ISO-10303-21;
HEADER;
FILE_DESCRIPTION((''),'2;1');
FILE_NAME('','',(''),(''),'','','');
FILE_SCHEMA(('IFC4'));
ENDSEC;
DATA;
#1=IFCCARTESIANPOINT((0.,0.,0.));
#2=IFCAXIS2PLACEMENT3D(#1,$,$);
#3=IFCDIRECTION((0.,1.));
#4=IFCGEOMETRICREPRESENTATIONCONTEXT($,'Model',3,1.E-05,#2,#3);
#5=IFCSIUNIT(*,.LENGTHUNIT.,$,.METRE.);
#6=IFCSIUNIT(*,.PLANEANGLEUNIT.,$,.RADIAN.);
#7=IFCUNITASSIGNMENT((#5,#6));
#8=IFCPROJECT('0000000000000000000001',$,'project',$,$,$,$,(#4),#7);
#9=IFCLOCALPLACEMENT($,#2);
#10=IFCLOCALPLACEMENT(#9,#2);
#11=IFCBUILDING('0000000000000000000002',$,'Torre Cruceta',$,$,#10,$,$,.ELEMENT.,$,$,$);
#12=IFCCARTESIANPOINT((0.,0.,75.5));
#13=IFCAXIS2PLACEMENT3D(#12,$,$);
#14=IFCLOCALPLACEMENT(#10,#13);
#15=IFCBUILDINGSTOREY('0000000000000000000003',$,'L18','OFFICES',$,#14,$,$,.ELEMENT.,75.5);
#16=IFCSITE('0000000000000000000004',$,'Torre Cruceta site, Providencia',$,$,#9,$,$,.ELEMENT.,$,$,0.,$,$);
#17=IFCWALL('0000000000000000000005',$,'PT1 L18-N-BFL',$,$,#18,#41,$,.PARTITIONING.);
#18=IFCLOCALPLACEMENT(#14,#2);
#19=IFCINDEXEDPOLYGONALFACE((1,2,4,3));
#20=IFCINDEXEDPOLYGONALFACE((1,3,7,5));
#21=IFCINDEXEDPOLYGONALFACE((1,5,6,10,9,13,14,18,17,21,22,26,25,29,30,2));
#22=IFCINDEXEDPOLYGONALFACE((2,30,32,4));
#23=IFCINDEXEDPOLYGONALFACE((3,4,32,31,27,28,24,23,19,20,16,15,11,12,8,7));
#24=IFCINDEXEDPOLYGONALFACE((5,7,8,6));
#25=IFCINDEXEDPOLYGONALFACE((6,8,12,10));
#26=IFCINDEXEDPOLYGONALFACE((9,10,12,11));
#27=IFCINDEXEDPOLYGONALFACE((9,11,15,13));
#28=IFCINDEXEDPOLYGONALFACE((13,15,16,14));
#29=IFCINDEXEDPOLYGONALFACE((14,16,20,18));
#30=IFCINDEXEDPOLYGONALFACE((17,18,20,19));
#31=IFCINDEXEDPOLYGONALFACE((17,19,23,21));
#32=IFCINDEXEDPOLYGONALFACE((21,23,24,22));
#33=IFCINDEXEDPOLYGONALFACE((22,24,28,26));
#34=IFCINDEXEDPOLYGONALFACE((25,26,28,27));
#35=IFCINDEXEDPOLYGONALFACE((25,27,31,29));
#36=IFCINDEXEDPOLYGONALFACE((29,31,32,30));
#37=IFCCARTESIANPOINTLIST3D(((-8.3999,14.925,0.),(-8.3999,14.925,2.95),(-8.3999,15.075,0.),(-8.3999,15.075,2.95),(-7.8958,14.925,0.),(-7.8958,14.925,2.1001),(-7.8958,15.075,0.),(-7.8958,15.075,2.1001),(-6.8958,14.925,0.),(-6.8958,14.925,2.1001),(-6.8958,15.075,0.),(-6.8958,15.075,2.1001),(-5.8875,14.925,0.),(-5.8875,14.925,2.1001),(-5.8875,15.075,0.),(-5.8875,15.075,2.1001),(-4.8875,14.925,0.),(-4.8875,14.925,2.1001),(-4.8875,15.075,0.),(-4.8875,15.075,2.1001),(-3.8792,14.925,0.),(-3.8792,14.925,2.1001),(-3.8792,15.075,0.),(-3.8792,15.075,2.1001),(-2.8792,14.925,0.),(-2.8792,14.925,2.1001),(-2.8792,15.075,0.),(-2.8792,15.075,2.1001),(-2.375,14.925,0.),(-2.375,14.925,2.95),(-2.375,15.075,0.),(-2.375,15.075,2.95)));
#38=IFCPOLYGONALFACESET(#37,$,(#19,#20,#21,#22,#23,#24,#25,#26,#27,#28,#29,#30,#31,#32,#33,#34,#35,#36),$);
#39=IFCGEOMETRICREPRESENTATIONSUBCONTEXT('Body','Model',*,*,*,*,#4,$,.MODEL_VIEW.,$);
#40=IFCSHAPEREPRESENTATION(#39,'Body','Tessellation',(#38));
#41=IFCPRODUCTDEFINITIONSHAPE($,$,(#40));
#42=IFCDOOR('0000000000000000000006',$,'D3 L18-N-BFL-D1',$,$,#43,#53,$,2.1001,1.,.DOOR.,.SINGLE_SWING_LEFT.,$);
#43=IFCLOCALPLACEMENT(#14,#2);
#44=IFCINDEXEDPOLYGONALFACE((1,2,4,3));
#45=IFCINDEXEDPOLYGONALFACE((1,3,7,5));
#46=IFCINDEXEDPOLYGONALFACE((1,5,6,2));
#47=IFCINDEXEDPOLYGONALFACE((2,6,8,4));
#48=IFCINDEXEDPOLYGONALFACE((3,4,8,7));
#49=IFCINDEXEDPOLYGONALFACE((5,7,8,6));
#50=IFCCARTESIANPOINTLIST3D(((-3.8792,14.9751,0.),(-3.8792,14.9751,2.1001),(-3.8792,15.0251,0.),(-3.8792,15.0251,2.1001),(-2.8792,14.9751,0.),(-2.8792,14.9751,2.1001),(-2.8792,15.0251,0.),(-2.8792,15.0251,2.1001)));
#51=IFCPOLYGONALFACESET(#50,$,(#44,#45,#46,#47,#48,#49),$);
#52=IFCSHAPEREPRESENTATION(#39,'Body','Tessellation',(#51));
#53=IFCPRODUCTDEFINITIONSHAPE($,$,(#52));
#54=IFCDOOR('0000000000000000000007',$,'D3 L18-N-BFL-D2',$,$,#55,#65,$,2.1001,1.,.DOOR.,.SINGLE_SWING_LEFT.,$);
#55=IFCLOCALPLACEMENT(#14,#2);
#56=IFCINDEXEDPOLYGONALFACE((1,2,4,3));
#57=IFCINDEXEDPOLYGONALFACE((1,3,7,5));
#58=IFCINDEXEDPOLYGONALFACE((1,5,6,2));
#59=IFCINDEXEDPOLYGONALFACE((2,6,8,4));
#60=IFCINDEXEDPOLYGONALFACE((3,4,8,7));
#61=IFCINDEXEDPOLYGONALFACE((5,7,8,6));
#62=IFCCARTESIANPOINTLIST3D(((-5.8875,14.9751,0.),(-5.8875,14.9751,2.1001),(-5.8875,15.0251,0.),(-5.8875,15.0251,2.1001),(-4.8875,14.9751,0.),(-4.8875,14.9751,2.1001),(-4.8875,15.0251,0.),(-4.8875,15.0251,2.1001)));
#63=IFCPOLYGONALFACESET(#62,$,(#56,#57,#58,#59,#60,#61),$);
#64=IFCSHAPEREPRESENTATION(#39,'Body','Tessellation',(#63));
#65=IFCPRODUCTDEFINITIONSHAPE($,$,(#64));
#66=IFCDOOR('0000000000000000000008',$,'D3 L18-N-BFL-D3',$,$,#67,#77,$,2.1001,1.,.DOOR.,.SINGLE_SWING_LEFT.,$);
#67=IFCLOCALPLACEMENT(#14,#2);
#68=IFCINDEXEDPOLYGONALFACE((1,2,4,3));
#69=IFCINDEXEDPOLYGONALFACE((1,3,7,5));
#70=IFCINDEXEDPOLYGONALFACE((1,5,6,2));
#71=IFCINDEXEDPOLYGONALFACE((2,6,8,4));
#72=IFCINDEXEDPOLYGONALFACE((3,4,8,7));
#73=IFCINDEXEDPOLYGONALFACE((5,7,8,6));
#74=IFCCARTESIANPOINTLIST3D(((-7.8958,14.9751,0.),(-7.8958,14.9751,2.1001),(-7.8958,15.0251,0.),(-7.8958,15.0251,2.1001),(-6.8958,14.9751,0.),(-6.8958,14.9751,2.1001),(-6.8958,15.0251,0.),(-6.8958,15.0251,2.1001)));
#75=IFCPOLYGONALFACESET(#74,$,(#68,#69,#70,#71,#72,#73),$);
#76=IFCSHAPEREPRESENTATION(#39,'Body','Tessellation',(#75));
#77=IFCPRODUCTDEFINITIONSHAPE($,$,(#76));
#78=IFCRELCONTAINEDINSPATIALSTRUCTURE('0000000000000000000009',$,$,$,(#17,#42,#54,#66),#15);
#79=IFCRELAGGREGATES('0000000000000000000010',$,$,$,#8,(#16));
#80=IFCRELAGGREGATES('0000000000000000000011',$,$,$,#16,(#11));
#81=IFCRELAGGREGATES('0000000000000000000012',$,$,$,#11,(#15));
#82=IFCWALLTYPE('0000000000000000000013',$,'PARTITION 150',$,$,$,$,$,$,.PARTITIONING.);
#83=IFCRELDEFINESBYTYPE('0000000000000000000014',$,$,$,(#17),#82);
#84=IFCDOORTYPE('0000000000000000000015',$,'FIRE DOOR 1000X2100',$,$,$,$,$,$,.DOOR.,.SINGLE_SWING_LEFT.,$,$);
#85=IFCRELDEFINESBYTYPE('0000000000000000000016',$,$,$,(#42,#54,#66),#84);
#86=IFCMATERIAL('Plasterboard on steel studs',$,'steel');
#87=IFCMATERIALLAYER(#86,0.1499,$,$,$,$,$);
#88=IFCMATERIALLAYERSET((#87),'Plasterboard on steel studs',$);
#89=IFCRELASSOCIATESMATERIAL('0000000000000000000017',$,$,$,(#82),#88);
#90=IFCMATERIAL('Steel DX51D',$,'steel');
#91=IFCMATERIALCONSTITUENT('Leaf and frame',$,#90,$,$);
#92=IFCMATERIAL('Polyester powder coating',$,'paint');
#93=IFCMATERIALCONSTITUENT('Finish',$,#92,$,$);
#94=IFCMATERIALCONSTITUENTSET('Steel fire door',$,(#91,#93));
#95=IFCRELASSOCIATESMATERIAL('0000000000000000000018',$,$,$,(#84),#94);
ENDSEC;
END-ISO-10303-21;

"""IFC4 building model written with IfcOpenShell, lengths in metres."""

from ifc_helpers import new_model, si_unit, direction, frame, frame_2d, origin, place, context, subcontext, project, spatial, rectangle, extrude, material, layer, layer_set, constituent, constituent_set, type_object, element, fill, save


model = new_model("IFC4")

# Units and contexts
model_context = context("Model", 3, precision=1e-05, world=origin(), true_north=direction((0.0, 1.0)))
body_context = subcontext(model_context, "Body", "Model", "MODEL_VIEW")
ifc_project = project(units=[si_unit("LENGTHUNIT", "METRE"), si_unit("PLANEANGLEUNIT", "RADIAN")], contexts=[model_context])

# Site, building, storey
site_placement = place(None, origin())
site = spatial("IfcSite", under=ifc_project, at=site_placement, Name="Torre Cruceta site, Providencia", CompositionType="ELEMENT", RefElevation=0.0)
building_placement = place(site_placement, origin())
building = spatial("IfcBuilding", under=site, at=building_placement, Name="Torre Cruceta", CompositionType="ELEMENT")
storey_placement = place(building_placement, frame((0.0, 0.0, 75.5)))
storey = spatial("IfcBuildingStorey", under=building, at=storey_placement, Name="L18", Description="OFFICES", CompositionType="ELEMENT", Elevation=75.5)

# Wall, openings, doors
ifc_material_1 = material(Name="Plasterboard on steel studs", Category="steel")
ifc_layer_1 = layer(ifc_material_1, 0.1499)
ifc_layer_set_1 = layer_set([ifc_layer_1], Name="Plasterboard on steel studs")
wall_type_1 = type_object("IfcWallType", Name="PARTITION 150", PredefinedType="PARTITIONING", material=ifc_layer_set_1)
wall_1_placement = place(storey_placement, frame((-2.375, 15.0, 0.0), z_axis=(0.0, 0.0, 1.0), x_axis=(-1.0, 0.0, 0.0)))
wall_1 = element("IfcWall", 1, at=wall_1_placement, inside=storey, type_object=wall_type_1, Name="PT1 L18-N-BFL", PredefinedType="PARTITIONING", context=body_context, shape_type="SweptSolid", body=[
    extrude(rectangle(XDim=6.0249, YDim=0.1499, at=frame_2d((3.0125, 0.0))), origin(), (0.0, 0.0, 1.0), 2.95),
])
opening_1_placement = place(wall_1_placement, frame((0.5042, 0.0, 0.0)))
opening_1 = element("IfcOpeningElement", 2, at=opening_1_placement, cuts=wall_1, PredefinedType="OPENING", context=body_context, shape_type="SweptSolid", body=[
    extrude(rectangle(XDim=1.0, YDim=2.1001, at=frame_2d((0.5, 1.05))), frame((0.0, 0.085, 0.0), z_axis=(0.0, -1.0, 0.0), x_axis=(1.0, 0.0, 0.0)), (0.0, 0.0, 1.0), 0.1699),
])
opening_2_placement = place(wall_1_placement, frame((2.5125, 0.0, 0.0)))
opening_2 = element("IfcOpeningElement", 3, at=opening_2_placement, cuts=wall_1, PredefinedType="OPENING", context=body_context, shape_type="SweptSolid", body=[
    extrude(rectangle(XDim=1.0, YDim=2.1001, at=frame_2d((0.5, 1.05))), frame((0.0, 0.085, 0.0), z_axis=(0.0, -1.0, 0.0), x_axis=(1.0, 0.0, 0.0)), (0.0, 0.0, 1.0), 0.1699),
])
opening_3_placement = place(wall_1_placement, frame((4.5208, 0.0, 0.0)))
opening_3 = element("IfcOpeningElement", 4, at=opening_3_placement, cuts=wall_1, PredefinedType="OPENING", context=body_context, shape_type="SweptSolid", body=[
    extrude(rectangle(XDim=1.0, YDim=2.1001, at=frame_2d((0.5, 1.05))), frame((0.0, 0.085, 0.0), z_axis=(0.0, -1.0, 0.0), x_axis=(1.0, 0.0, 0.0)), (0.0, 0.0, 1.0), 0.1699),
])
ifc_material_2 = material(Name="Steel DX51D", Category="steel")
ifc_constituent_1 = constituent(ifc_material_2, Name="Leaf and frame")
ifc_material_3 = material(Name="Polyester powder coating", Category="paint")
ifc_constituent_2 = constituent(ifc_material_3, Name="Finish")
ifc_constituent_set_1 = constituent_set(constituents=[ifc_constituent_1, ifc_constituent_2], Name="Steel fire door")
door_type = type_object("IfcDoorType", Name="FIRE DOOR 1000X2100", OperationType="SINGLE_SWING_LEFT", PredefinedType="DOOR", material=ifc_constituent_set_1)
door_1_placement = place(opening_1_placement, origin())
door_1 = element("IfcDoor", 5, at=door_1_placement, inside=storey, type_object=door_type, Name="D3 L18-N-BFL-D1", OperationType="SINGLE_SWING_LEFT", OverallHeight=2.1001, OverallWidth=1.0, PredefinedType="DOOR", context=body_context, shape_type="SweptSolid", body=[
    extrude(rectangle(XDim=1.0, YDim=2.1001, at=frame_2d((0.5, 1.05))), frame((0.0, 0.0249, 0.0), z_axis=(0.0, -1.0, 0.0), x_axis=(1.0, 0.0, 0.0)), (0.0, 0.0, 1.0), 0.05),
])
fill(opening_1, door_1)
door_2_placement = place(opening_2_placement, origin())
door_2 = element("IfcDoor", 6, at=door_2_placement, inside=storey, type_object=door_type, Name="D3 L18-N-BFL-D2", OperationType="SINGLE_SWING_LEFT", OverallHeight=2.1001, OverallWidth=1.0, PredefinedType="DOOR", context=body_context, shape_type="SweptSolid", body=[
    extrude(rectangle(XDim=1.0, YDim=2.1001, at=frame_2d((0.5, 1.05))), frame((0.0, 0.0249, 0.0), z_axis=(0.0, -1.0, 0.0), x_axis=(1.0, 0.0, 0.0)), (0.0, 0.0, 1.0), 0.05),
])
fill(opening_2, door_2)
door_3_placement = place(opening_3_placement, origin())
door_3 = element("IfcDoor", 7, at=door_3_placement, inside=storey, type_object=door_type, Name="D3 L18-N-BFL-D3", OperationType="SINGLE_SWING_LEFT", OverallHeight=2.1001, OverallWidth=1.0, PredefinedType="DOOR", context=body_context, shape_type="SweptSolid", body=[
    extrude(rectangle(XDim=1.0, YDim=2.1001, at=frame_2d((0.5, 1.05))), frame((0.0, 0.0249, 0.0), z_axis=(0.0, -1.0, 0.0), x_axis=(1.0, 0.0, 0.0)), (0.0, 0.0, 1.0), 0.05),
])
fill(opening_3, door_3)

save(model, "model.ifc")
